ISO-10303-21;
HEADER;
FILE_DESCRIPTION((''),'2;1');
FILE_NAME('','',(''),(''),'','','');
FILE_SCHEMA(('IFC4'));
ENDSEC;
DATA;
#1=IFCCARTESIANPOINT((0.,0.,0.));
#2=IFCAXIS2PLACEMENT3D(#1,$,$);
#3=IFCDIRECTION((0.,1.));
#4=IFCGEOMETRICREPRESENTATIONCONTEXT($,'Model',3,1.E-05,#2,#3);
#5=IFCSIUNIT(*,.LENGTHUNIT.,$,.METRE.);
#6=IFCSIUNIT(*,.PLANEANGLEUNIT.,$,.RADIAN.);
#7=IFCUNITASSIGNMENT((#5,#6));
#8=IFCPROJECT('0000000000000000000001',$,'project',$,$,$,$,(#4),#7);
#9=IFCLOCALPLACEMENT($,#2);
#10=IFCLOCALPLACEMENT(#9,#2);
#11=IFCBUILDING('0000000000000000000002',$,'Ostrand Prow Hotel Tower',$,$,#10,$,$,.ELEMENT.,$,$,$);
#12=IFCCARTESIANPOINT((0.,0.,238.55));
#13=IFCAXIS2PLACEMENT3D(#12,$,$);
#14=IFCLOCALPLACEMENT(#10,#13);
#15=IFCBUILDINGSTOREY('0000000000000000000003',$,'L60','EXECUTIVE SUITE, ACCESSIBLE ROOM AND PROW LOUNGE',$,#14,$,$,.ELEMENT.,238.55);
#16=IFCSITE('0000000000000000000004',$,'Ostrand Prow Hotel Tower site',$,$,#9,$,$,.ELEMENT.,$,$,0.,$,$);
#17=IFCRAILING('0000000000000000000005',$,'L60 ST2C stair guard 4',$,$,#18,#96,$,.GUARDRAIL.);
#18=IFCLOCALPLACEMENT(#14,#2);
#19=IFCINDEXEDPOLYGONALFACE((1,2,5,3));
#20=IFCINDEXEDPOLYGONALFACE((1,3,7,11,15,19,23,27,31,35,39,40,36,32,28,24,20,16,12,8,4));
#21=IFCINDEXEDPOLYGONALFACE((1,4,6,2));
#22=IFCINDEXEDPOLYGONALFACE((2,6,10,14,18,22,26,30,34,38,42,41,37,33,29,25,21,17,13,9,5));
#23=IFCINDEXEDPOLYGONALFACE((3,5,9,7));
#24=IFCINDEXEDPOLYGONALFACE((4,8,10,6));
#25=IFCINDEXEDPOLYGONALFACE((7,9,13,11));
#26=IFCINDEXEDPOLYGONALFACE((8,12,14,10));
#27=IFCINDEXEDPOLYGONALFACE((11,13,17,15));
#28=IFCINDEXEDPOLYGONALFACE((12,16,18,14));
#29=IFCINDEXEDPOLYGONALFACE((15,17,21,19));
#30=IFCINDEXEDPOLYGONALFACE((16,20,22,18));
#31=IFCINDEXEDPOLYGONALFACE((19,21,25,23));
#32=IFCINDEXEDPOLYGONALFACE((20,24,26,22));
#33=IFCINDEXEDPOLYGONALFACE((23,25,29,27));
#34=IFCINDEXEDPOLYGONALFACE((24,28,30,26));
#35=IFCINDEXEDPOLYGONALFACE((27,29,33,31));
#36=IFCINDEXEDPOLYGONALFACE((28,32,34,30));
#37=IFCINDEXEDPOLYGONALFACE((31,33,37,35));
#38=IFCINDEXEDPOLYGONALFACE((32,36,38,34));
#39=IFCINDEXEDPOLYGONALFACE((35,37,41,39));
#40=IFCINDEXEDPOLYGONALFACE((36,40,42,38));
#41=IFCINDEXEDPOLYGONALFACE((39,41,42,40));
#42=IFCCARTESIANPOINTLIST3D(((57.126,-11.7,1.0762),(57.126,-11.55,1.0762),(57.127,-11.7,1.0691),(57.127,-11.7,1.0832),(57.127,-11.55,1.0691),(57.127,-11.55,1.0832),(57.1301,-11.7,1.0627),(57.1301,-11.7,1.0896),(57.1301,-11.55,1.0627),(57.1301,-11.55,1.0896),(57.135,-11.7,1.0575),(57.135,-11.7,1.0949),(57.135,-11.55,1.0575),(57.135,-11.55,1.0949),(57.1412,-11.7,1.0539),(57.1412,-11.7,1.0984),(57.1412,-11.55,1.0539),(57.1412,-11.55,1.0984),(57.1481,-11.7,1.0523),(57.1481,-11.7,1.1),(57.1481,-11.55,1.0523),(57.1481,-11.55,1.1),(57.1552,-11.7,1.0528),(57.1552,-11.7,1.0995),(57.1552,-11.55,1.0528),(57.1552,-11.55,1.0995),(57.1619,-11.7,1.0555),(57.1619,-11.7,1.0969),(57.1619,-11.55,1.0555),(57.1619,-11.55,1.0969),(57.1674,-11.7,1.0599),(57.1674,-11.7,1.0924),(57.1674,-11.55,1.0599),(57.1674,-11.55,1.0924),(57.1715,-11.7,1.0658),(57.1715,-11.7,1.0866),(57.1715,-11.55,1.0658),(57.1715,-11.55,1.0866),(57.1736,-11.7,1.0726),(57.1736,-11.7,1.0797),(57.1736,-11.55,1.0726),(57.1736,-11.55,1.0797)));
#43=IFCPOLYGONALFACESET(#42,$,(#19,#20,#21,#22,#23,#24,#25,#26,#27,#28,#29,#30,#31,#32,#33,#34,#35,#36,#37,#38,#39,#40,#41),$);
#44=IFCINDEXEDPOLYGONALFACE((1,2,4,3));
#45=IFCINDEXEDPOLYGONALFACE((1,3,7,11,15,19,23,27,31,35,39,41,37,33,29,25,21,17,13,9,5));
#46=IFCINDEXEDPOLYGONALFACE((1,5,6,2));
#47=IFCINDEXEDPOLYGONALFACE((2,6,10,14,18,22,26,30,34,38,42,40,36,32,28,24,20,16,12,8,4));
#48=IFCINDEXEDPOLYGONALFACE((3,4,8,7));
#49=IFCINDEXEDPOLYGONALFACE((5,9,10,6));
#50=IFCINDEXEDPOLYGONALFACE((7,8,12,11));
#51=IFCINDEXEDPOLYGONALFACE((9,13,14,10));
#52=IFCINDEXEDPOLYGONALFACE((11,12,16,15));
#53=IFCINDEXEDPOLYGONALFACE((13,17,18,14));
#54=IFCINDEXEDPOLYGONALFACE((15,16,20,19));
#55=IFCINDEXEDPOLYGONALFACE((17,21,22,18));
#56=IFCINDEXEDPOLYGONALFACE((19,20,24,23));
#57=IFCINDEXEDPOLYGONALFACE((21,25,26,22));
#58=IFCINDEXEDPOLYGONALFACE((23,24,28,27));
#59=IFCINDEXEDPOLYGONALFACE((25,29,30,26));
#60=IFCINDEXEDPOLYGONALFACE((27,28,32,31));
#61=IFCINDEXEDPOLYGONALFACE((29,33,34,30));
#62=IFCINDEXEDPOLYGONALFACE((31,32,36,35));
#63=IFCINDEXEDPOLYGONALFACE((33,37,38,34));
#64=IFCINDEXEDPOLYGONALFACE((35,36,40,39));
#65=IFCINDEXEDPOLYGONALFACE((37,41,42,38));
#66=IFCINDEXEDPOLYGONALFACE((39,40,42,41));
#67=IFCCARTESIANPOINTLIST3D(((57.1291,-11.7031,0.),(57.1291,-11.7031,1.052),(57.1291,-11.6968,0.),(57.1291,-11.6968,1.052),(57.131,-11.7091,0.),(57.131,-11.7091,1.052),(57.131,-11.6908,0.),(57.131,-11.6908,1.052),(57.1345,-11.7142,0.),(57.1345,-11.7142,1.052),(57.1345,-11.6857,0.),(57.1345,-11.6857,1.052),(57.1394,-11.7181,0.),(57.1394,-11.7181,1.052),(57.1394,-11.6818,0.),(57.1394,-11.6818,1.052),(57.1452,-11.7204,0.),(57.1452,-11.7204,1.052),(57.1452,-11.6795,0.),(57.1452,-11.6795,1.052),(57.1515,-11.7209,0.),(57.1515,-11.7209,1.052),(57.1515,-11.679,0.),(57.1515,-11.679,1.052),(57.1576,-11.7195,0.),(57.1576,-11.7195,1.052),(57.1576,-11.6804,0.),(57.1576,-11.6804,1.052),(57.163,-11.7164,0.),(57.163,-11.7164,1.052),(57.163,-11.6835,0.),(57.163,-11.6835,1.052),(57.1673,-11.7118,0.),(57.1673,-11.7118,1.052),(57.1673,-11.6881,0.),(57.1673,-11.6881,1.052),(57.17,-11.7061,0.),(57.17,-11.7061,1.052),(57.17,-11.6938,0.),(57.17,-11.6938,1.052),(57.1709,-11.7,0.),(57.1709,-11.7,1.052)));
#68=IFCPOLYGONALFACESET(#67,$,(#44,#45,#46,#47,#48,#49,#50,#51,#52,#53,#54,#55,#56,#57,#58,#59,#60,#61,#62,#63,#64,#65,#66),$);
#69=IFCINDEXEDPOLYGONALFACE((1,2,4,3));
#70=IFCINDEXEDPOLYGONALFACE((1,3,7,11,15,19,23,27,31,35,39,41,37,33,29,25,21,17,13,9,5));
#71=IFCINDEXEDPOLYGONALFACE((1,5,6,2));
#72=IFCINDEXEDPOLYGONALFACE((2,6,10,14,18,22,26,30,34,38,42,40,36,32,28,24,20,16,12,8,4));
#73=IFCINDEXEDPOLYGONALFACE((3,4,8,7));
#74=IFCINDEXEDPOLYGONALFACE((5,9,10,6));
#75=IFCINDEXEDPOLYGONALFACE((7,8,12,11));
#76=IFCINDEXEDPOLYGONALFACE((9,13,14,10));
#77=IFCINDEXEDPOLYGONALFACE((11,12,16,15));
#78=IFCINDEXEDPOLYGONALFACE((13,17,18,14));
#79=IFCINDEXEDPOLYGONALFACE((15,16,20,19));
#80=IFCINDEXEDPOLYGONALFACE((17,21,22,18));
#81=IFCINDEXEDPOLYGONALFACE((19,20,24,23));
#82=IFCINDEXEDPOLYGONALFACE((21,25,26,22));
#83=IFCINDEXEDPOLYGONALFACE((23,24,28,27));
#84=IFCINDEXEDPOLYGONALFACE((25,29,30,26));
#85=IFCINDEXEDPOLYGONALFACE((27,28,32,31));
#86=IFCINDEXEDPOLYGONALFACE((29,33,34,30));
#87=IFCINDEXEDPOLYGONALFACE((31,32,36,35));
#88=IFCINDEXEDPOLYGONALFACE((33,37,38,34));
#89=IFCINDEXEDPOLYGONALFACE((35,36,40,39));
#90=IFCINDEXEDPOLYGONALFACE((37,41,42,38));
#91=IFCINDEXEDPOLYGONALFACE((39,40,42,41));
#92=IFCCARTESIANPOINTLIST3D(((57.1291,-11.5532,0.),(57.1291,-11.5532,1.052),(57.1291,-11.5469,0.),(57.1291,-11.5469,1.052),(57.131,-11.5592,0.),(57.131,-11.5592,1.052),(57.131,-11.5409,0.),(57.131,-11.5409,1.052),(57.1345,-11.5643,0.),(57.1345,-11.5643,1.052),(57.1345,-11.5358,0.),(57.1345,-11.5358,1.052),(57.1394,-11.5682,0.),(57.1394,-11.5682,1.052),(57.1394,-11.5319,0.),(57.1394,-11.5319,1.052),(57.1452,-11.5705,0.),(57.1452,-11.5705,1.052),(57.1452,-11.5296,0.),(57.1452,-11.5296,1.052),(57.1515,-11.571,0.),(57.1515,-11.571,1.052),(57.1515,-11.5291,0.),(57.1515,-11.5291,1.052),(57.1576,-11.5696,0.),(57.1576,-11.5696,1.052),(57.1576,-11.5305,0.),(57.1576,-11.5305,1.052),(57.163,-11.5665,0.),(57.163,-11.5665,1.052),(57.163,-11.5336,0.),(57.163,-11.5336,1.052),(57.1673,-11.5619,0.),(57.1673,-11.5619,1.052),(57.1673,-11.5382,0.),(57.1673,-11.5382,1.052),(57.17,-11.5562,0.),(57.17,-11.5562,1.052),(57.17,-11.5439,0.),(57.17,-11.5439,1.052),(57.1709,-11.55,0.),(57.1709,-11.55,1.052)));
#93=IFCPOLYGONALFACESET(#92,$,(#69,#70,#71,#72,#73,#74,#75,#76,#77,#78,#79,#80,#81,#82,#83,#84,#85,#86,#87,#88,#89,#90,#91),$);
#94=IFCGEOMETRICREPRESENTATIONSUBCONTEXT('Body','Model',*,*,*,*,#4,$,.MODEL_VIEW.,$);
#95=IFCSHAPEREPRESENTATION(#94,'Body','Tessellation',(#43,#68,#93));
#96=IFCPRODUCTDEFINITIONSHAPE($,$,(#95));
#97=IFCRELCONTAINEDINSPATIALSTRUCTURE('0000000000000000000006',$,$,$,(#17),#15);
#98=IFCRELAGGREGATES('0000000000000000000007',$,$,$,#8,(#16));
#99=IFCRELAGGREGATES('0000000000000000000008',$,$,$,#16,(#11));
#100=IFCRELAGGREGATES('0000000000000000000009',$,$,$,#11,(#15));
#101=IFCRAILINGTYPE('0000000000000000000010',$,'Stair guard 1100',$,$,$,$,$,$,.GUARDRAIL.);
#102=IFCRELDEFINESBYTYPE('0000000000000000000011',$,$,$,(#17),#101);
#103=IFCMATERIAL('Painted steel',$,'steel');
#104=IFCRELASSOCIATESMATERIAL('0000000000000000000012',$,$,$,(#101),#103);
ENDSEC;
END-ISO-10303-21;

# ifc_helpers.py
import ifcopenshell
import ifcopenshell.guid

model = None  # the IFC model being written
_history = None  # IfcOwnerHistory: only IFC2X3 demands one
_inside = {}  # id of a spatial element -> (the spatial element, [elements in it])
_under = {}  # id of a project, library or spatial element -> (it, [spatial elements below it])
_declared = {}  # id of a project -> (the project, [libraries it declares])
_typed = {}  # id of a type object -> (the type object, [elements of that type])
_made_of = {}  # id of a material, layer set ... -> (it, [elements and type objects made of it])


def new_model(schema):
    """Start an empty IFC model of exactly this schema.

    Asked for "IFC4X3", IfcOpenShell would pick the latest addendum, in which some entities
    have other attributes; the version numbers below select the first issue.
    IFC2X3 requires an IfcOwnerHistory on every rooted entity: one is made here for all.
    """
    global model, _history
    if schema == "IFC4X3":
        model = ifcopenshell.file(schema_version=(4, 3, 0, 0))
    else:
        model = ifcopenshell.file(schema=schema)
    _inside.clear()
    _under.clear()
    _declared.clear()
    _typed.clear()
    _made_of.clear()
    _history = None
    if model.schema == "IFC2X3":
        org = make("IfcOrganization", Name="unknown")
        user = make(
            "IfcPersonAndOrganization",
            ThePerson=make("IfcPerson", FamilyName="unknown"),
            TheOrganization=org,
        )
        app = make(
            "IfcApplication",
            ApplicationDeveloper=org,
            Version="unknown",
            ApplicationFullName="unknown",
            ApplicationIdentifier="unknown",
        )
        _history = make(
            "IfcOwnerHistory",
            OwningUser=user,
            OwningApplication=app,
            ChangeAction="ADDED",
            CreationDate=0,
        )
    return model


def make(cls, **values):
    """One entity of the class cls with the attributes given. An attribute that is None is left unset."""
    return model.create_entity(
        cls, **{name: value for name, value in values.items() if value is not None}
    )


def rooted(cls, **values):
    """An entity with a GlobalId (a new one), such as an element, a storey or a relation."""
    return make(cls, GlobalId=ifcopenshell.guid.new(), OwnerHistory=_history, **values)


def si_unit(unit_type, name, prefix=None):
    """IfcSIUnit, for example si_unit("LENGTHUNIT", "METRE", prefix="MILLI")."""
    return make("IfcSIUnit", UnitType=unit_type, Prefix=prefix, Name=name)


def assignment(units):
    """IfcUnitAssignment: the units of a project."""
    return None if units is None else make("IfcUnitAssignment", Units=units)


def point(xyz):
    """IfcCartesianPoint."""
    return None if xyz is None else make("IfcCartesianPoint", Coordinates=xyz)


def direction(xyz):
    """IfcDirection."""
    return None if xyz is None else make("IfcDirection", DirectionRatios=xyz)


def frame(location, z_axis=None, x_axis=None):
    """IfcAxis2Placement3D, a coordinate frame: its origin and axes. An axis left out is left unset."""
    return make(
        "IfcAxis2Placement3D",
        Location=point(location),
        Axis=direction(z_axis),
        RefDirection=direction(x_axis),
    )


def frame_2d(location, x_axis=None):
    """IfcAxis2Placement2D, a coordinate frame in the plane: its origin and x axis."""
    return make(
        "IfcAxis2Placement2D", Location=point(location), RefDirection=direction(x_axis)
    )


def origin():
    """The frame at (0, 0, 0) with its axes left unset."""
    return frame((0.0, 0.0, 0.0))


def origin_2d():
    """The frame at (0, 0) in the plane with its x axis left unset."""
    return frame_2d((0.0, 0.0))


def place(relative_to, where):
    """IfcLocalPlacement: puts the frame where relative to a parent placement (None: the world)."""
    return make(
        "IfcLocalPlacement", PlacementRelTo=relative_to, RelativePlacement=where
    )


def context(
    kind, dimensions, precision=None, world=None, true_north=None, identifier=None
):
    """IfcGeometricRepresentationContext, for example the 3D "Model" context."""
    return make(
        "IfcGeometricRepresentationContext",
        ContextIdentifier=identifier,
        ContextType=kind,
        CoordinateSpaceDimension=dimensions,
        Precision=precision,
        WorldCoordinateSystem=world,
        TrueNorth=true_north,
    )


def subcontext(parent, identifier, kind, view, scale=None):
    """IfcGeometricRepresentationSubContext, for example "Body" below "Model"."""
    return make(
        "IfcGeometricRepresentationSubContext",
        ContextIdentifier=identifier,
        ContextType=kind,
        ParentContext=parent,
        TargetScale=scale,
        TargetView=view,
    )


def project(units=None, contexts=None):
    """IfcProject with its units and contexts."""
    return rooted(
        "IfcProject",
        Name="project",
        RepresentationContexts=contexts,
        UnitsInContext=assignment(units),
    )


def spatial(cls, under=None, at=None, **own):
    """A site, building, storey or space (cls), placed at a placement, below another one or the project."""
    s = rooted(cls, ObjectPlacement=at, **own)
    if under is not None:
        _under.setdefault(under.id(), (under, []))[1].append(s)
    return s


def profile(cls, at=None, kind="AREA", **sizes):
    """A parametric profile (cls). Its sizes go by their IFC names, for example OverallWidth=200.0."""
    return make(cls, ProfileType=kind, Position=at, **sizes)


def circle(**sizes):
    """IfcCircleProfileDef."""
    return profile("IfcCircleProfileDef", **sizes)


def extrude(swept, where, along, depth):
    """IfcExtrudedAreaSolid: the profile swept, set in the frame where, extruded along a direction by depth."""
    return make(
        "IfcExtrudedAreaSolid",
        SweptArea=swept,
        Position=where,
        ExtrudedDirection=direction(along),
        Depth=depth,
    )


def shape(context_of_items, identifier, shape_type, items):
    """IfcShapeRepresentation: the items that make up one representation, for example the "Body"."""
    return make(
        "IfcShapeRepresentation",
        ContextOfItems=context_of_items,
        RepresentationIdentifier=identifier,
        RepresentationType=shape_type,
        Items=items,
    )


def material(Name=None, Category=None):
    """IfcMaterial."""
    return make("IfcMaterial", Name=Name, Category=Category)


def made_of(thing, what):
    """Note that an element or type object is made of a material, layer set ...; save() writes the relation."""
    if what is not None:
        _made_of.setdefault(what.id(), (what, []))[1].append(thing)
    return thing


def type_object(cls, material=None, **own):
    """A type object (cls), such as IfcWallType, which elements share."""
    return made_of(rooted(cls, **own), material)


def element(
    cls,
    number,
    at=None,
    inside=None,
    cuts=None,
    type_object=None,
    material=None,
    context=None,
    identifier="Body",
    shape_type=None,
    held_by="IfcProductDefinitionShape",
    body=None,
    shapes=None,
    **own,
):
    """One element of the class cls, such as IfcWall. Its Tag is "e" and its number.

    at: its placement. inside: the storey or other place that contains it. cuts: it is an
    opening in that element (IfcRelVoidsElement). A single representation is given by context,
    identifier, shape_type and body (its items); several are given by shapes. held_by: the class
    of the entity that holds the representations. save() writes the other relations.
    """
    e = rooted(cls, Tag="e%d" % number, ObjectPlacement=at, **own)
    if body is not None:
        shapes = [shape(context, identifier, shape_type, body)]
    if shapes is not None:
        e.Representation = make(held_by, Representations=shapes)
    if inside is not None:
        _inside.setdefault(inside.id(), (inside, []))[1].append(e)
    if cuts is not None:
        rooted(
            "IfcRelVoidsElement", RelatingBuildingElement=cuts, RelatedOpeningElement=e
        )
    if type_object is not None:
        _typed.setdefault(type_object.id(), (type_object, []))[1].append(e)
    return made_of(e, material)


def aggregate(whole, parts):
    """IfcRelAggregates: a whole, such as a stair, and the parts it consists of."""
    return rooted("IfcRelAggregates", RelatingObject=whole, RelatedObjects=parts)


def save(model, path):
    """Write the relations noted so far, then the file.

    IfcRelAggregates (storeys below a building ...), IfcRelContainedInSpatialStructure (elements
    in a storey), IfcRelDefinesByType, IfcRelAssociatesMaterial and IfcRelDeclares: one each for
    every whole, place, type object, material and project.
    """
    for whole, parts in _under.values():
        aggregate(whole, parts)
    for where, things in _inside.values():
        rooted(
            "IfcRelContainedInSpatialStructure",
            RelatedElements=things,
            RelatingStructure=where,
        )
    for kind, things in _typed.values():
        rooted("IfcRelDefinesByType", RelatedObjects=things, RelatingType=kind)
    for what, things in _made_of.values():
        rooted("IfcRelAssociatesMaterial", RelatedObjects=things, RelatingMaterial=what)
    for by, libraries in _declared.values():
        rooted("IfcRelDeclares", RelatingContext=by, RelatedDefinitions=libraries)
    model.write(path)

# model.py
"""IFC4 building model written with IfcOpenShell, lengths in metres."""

from ifc_helpers import new_model, si_unit, direction, frame, origin, origin_2d, place, context, subcontext, project, spatial, circle, extrude, material, type_object, element, save


model = new_model("IFC4")

# Units and contexts
model_context = context("Model", 3, precision=1e-05, world=origin(), true_north=direction((0.0, 1.0)))
body_context = subcontext(model_context, "Body", "Model", "MODEL_VIEW")
ifc_project = project(units=[si_unit("LENGTHUNIT", "METRE"), si_unit("PLANEANGLEUNIT", "RADIAN")], contexts=[model_context])

# Site, building, storey
site_placement = place(None, origin())
site = spatial("IfcSite", under=ifc_project, at=site_placement, Name="Ostrand Prow Hotel Tower site", CompositionType="ELEMENT", RefElevation=0.0)
building_placement = place(site_placement, origin())
building = spatial("IfcBuilding", under=site, at=building_placement, Name="Ostrand Prow Hotel Tower", CompositionType="ELEMENT")
storey_placement = place(building_placement, frame((0.0, 0.0, 238.55)))
storey = spatial("IfcBuildingStorey", under=building, at=storey_placement, Name="L60", Description="EXECUTIVE SUITE, ACCESSIBLE ROOM AND PROW LOUNGE", CompositionType="ELEMENT", Elevation=238.55)

# Railing
ifc_material_1 = material(Name="Painted steel", Category="steel")
railing_type_1 = type_object("IfcRailingType", Name="Stair guard 1100", PredefinedType="GUARDRAIL", material=ifc_material_1)
railing_1_placement = place(storey_placement, frame((57.1499, -11.7, 0.0)))
element("IfcRailing", 1, at=railing_1_placement, inside=storey, type_object=railing_type_1, Name="L60 ST2C stair guard 4", PredefinedType="GUARDRAIL", context=body_context, shape_type="SweptSolid", body=[
    extrude(circle(Radius=0.0239, at=origin_2d()), frame((0.0, 0.0, 1.0762), z_axis=(0.0, 1.0, 0.0), x_axis=(-1.0, 0.0, 0.0)), (0.0, 0.0, 1.0), 0.1499),
    extrude(circle(Radius=0.021, at=origin_2d()), origin(), (0.0, 0.0, 1.0), 1.052),
    extrude(circle(Radius=0.021, at=origin_2d()), frame((0.0, 0.1499, 0.0)), (0.0, 0.0, 1.0), 1.052),
])

save(model, "model.ifc")
